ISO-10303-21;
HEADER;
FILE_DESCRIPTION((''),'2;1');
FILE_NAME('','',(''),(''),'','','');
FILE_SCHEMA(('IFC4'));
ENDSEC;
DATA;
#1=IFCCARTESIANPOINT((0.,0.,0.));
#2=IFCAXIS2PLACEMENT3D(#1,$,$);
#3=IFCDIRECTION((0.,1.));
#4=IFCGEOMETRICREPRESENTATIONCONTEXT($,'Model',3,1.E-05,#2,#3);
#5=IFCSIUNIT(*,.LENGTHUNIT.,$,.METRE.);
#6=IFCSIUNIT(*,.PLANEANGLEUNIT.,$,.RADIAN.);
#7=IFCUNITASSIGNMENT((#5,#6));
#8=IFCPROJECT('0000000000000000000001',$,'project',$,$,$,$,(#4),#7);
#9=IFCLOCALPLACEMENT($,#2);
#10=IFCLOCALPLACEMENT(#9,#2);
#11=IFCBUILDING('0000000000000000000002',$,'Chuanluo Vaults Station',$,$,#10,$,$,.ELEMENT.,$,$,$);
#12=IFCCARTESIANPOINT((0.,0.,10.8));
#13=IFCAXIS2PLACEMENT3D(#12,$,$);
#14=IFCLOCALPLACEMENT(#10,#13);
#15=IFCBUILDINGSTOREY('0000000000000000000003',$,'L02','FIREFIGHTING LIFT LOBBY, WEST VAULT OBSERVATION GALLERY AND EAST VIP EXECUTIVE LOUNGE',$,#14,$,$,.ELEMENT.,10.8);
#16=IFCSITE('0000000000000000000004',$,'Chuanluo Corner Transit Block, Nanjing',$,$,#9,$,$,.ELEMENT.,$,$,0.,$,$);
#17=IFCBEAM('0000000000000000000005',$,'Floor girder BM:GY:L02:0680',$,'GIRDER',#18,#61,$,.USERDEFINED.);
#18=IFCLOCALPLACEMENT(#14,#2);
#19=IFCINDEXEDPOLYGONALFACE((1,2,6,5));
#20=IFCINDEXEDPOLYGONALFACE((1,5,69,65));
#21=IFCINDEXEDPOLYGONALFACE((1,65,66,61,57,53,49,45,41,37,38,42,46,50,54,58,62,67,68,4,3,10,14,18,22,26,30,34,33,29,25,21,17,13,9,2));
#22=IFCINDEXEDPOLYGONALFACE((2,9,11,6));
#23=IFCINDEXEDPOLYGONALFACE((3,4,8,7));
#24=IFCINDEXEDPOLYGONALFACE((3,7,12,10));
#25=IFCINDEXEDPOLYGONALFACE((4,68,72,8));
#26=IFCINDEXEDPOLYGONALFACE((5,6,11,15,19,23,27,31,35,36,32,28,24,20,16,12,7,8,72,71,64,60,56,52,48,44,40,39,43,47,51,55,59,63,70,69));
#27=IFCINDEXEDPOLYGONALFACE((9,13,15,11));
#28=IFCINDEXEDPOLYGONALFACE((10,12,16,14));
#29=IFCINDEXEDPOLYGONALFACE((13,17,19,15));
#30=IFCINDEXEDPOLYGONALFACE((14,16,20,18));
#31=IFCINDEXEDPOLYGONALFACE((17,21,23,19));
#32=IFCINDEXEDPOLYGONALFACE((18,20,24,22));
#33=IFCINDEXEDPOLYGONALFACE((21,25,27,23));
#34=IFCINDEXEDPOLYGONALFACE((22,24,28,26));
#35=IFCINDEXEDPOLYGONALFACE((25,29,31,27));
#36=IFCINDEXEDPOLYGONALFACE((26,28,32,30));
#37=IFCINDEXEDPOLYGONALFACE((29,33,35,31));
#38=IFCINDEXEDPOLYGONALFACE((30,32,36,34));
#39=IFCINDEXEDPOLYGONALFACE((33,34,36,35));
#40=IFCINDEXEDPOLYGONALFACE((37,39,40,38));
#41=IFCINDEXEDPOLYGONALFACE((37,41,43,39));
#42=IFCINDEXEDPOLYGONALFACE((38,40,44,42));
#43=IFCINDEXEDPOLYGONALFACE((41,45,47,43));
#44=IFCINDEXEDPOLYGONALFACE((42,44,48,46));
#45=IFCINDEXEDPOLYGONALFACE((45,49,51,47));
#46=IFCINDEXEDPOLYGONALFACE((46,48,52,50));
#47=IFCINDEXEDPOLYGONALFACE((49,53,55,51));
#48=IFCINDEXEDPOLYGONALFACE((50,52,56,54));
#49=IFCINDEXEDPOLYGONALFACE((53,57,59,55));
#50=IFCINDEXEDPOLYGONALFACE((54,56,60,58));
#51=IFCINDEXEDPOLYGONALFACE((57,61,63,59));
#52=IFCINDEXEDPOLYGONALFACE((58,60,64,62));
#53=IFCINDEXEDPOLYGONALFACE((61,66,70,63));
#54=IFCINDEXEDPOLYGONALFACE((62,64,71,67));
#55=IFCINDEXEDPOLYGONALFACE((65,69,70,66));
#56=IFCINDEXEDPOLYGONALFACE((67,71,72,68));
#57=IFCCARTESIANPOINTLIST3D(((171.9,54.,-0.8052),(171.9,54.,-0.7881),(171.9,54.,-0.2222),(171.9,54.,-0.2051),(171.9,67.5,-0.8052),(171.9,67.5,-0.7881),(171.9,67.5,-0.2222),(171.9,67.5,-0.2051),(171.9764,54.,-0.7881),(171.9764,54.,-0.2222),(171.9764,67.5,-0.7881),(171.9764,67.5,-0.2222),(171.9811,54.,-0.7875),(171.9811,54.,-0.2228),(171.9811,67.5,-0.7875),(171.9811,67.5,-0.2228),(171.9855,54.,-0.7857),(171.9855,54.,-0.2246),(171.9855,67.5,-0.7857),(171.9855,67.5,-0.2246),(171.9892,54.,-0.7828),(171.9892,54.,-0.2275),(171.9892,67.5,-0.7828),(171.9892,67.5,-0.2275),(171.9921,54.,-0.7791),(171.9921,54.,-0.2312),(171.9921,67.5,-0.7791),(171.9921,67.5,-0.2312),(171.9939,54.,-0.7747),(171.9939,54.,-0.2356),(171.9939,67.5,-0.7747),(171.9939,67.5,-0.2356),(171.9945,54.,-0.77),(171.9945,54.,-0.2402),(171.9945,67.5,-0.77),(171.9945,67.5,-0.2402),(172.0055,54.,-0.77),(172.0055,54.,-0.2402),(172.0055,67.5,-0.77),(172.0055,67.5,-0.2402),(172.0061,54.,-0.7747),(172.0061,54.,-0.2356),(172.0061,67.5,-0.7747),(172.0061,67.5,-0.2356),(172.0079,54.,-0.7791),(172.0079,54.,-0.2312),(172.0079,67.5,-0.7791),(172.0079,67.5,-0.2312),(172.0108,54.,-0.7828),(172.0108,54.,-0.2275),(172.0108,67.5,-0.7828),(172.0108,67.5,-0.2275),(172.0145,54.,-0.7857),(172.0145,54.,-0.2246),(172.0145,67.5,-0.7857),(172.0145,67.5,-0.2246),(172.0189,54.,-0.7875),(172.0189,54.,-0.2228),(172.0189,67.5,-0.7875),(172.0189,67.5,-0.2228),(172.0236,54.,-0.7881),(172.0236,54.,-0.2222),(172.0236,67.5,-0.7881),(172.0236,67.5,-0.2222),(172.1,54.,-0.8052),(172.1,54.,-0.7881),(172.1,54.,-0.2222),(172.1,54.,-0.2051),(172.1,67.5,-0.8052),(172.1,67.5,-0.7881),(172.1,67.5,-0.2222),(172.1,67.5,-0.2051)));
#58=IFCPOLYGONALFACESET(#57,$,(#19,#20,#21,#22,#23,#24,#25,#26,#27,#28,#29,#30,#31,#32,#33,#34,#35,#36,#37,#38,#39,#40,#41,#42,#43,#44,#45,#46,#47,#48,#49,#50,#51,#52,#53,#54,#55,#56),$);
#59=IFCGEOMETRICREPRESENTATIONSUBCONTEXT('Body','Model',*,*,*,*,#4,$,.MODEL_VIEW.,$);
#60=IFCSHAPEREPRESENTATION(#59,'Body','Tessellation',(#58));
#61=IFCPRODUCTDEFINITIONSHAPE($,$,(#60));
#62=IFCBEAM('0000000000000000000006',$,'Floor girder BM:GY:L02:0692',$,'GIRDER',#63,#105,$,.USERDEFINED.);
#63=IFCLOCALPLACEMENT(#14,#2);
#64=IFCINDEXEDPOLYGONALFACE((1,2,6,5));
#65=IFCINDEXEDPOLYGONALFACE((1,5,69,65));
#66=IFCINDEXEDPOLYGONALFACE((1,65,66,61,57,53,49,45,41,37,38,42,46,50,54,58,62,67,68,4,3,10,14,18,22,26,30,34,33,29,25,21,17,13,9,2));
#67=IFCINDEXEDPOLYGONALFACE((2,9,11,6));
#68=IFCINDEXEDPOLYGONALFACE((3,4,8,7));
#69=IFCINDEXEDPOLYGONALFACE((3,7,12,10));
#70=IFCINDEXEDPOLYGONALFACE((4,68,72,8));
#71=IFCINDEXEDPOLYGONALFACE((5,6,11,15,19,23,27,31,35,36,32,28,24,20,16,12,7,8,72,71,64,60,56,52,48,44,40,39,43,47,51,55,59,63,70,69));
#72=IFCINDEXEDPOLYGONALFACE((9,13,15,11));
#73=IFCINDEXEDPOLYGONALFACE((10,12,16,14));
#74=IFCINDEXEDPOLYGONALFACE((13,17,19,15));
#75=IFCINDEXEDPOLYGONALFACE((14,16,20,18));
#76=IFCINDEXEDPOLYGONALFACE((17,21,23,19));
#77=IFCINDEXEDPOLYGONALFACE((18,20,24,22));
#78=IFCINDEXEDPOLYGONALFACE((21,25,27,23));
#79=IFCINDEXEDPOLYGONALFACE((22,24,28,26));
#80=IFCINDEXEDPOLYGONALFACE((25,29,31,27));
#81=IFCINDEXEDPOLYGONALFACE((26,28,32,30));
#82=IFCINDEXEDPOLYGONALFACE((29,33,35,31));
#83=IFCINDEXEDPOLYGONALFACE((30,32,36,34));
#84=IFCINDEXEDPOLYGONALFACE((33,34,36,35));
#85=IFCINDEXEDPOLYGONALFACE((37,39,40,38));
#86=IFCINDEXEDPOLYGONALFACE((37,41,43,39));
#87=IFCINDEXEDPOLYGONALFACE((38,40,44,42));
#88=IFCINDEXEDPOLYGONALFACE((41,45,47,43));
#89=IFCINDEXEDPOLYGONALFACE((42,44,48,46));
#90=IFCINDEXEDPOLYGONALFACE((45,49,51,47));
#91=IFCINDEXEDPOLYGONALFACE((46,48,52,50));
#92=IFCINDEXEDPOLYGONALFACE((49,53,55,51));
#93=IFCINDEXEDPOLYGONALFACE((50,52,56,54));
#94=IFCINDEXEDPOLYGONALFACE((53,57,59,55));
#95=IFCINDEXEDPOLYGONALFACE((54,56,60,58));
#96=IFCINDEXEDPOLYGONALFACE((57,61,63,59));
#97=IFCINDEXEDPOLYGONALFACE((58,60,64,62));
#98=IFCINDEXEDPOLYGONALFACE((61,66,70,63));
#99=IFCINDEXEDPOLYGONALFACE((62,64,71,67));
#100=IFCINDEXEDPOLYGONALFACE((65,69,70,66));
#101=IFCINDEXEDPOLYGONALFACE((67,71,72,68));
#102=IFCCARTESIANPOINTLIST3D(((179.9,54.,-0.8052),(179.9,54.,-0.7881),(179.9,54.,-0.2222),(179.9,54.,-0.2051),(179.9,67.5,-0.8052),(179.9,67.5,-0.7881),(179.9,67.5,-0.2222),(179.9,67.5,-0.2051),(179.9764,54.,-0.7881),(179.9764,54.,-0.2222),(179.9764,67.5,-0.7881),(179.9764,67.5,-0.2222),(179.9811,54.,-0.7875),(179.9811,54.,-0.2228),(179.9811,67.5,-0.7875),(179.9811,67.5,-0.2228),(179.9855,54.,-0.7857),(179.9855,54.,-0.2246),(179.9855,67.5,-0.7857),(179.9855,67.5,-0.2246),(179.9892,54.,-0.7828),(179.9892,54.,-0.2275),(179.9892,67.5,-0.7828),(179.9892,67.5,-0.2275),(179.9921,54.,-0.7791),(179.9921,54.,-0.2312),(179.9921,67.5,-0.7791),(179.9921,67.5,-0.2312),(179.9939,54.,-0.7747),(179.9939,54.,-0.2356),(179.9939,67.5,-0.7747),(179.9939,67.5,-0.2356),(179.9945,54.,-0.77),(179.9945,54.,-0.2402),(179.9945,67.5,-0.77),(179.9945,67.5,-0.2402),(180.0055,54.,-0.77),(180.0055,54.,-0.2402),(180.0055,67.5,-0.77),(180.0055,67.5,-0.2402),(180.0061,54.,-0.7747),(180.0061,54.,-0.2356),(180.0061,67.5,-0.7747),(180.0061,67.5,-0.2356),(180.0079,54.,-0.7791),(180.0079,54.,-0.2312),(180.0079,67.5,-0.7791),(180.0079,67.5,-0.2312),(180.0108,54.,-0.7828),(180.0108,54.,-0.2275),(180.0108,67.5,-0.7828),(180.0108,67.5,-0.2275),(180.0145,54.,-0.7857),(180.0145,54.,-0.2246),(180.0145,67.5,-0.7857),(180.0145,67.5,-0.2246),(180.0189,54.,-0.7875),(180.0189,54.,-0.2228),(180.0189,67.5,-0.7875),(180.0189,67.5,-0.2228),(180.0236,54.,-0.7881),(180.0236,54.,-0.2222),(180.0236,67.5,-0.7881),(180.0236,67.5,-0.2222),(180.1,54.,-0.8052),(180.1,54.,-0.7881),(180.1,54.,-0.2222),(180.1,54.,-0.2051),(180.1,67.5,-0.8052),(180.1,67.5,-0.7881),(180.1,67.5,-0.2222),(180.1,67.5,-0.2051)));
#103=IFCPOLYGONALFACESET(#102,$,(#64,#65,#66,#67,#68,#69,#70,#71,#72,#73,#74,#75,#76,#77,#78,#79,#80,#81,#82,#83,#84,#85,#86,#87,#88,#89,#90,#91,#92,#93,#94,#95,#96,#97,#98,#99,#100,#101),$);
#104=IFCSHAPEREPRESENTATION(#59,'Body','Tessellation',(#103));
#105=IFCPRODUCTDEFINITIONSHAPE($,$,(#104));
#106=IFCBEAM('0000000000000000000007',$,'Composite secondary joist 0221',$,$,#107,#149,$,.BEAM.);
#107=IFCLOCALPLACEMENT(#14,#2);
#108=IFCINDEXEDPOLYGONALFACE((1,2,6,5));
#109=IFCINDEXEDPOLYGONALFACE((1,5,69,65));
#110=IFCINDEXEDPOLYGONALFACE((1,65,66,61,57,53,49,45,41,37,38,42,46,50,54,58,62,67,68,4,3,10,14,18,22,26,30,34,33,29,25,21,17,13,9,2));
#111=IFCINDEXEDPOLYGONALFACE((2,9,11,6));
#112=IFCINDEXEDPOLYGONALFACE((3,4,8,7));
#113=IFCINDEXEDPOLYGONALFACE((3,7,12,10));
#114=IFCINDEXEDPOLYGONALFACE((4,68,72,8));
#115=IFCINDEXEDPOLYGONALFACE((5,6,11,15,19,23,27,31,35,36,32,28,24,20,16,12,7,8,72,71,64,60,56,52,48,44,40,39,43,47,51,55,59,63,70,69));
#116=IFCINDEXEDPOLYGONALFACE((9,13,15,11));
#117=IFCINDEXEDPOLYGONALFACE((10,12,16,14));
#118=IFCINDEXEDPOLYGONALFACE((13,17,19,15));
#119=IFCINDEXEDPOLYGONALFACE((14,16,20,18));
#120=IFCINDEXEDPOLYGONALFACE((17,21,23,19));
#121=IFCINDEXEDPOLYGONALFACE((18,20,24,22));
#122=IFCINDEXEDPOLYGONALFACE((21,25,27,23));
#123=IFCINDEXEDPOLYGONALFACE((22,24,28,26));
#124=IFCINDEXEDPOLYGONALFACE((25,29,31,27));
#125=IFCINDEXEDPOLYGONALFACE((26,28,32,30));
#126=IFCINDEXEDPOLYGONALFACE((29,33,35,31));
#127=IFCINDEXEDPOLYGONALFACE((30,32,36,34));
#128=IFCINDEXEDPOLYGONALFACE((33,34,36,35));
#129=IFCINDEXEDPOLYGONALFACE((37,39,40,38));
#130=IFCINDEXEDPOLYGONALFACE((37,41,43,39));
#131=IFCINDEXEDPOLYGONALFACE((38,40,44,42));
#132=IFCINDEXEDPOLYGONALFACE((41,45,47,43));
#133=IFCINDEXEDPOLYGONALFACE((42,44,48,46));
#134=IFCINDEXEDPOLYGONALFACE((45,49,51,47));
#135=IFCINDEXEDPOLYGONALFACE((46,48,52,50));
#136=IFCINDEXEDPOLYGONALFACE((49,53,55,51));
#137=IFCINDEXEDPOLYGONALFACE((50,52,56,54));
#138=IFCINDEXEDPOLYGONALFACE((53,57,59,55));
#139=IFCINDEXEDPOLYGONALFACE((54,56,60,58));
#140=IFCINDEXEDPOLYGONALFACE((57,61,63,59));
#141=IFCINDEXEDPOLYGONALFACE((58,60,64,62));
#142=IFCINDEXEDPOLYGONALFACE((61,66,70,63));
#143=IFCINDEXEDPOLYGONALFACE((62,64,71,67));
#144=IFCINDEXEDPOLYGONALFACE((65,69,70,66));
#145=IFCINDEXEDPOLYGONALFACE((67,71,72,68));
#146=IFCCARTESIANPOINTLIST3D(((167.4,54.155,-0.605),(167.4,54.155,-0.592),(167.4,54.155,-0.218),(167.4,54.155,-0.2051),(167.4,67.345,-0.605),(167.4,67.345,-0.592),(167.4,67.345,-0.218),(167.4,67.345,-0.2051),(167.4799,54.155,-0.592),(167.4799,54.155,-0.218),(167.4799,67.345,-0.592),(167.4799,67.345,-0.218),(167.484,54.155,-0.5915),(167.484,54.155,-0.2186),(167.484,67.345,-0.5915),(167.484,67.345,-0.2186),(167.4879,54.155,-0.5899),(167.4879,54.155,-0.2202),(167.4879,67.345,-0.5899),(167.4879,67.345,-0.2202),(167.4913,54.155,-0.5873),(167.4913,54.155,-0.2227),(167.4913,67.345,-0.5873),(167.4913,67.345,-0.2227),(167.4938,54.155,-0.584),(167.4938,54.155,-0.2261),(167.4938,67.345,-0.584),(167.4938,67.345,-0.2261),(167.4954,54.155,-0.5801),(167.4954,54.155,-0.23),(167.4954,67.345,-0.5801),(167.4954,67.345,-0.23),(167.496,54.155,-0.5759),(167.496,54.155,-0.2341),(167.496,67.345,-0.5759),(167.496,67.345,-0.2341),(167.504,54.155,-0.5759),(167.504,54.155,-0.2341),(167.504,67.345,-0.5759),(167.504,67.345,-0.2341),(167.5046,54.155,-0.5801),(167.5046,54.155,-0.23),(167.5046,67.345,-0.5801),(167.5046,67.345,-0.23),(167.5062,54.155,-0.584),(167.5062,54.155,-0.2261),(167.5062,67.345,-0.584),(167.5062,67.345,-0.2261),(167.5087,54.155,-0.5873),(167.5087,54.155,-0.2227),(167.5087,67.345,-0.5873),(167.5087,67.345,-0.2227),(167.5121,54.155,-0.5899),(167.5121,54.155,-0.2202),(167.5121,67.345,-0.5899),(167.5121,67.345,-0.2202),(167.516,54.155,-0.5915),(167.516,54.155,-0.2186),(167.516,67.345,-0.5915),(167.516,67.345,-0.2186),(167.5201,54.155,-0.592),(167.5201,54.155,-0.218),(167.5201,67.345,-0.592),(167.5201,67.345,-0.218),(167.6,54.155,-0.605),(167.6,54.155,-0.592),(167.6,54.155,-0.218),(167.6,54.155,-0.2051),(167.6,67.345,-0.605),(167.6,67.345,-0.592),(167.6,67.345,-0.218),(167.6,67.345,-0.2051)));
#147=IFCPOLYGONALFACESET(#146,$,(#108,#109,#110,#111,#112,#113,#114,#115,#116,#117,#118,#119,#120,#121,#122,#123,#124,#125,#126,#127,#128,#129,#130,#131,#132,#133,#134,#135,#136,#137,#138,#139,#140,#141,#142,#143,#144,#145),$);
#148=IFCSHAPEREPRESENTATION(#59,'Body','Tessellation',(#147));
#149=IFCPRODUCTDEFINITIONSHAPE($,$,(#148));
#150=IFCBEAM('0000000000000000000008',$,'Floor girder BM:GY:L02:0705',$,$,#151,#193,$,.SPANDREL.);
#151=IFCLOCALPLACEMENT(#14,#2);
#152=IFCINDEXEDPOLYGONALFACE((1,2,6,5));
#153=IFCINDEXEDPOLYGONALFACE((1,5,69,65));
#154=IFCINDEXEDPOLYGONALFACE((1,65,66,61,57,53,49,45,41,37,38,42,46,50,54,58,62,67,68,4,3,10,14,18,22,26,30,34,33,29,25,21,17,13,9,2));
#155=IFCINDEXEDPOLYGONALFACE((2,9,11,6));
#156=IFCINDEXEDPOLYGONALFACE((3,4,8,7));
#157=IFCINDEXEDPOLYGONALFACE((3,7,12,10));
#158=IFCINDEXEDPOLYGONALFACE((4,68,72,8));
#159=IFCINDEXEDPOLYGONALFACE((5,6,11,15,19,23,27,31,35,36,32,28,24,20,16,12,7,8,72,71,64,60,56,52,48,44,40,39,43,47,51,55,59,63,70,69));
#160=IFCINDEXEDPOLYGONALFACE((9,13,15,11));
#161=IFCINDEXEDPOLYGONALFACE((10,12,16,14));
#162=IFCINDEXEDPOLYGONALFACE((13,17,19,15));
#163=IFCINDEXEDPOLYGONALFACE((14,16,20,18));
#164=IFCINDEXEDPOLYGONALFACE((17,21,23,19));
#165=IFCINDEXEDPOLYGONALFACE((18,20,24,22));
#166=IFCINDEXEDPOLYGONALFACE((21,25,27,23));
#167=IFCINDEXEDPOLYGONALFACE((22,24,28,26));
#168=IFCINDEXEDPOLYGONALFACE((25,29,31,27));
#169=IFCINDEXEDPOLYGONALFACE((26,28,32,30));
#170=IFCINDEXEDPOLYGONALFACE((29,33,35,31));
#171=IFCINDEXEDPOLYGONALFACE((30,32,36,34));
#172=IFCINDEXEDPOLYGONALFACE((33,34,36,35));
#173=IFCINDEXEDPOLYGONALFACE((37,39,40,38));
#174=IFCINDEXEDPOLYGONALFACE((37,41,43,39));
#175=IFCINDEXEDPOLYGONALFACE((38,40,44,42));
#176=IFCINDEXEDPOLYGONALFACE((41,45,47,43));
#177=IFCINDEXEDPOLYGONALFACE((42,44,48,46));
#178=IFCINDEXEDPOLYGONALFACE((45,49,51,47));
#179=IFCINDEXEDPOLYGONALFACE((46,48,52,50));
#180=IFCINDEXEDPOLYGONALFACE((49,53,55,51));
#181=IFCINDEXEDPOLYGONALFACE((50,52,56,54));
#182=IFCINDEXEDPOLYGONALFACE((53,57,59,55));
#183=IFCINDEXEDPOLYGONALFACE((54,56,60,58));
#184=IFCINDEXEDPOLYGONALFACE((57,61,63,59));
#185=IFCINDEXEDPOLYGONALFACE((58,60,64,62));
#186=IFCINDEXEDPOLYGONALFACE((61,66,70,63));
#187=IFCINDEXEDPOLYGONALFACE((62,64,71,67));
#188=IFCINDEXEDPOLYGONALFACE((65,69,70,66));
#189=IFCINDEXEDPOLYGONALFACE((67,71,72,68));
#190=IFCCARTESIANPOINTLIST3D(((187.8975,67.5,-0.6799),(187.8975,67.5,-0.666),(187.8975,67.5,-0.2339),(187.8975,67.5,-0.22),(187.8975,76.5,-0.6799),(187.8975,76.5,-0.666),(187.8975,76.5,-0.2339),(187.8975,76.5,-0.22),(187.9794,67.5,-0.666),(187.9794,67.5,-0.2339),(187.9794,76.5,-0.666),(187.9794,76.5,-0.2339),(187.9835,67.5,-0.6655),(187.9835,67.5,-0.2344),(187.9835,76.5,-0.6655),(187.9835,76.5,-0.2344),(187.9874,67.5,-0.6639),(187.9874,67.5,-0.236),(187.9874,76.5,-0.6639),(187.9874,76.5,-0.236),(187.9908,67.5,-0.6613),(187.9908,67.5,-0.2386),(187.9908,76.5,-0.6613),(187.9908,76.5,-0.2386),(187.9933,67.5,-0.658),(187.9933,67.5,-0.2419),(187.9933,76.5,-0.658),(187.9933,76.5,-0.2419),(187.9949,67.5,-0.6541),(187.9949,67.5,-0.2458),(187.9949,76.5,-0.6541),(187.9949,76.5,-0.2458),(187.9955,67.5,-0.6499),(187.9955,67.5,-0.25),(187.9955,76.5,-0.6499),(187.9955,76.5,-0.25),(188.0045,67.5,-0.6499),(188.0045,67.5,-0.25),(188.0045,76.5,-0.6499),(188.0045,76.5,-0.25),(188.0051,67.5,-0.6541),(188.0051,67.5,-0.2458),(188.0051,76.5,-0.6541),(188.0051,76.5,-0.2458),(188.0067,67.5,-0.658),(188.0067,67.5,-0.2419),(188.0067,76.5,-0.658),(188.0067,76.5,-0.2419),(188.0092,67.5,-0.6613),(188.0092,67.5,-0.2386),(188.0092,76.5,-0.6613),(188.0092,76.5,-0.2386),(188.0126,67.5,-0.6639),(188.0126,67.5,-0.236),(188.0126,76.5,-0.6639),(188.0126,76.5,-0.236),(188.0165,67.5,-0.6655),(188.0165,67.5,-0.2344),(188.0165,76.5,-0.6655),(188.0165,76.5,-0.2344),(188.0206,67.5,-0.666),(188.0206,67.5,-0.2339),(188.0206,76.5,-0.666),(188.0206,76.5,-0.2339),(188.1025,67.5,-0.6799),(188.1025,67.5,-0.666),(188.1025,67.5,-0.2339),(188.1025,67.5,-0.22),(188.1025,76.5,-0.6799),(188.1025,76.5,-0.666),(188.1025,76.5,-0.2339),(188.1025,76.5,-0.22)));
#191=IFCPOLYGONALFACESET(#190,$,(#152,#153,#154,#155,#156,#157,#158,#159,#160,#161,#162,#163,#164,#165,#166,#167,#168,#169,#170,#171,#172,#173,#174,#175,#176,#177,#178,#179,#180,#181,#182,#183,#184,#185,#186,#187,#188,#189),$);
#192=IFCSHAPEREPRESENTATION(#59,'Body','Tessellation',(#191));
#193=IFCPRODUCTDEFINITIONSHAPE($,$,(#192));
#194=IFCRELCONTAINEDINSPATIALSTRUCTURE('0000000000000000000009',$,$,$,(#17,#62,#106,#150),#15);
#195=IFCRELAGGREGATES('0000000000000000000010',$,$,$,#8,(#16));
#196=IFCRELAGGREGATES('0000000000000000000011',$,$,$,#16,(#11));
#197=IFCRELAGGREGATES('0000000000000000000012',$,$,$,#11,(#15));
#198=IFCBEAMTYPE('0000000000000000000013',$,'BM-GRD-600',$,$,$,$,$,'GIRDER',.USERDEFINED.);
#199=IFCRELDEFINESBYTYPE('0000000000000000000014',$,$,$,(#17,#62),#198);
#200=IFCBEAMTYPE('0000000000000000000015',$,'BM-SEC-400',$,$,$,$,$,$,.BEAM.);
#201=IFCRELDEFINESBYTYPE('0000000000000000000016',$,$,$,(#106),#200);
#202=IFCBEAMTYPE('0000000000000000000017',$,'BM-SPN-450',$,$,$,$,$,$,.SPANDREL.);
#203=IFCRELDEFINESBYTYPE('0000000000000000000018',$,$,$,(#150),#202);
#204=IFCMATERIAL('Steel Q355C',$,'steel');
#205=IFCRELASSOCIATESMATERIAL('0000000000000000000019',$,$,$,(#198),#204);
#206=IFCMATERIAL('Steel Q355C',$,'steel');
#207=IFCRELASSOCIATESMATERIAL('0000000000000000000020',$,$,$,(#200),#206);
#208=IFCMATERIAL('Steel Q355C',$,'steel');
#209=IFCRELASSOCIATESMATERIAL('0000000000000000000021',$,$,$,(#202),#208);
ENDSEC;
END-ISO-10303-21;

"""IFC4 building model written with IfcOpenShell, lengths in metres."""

from ifc_helpers import new_model, si_unit, direction, frame, origin, origin_2d, place, context, subcontext, project, spatial, i_section, extrude, material, material_profile, profile_set, type_object, element, save


model = new_model("IFC4")

# Units and contexts
model_context = context("Model", 3, precision=1e-05, world=origin(), true_north=direction((0.0, 1.0)))
body_context = subcontext(model_context, "Body", "Model", "MODEL_VIEW")
ifc_project = project(units=[si_unit("LENGTHUNIT", "METRE"), si_unit("PLANEANGLEUNIT", "RADIAN")], contexts=[model_context])

# Site, building, storey
site_placement = place(None, origin())
site = spatial("IfcSite", under=ifc_project, at=site_placement, Name="Chuanluo Corner Transit Block, Nanjing", CompositionType="ELEMENT", RefElevation=0.0)
building_placement = place(site_placement, origin())
building = spatial("IfcBuilding", under=site, at=building_placement, Name="Chuanluo Vaults Station", CompositionType="ELEMENT")
storey_placement = place(building_placement, frame((0.0, 0.0, 10.8)))
storey = spatial("IfcBuildingStorey", under=building, at=storey_placement, Name="L02", Description="FIREFIGHTING LIFT LOBBY, WEST VAULT OBSERVATION GALLERY AND EAST VIP EXECUTIVE LOUNGE", CompositionType="ELEMENT", Elevation=10.8)

# Beams
ifc_material_1 = material(Name="Steel Q355C", Category="steel")
ifc_material_profile_1 = material_profile(ifc_material_1, i_section(OverallWidth=0.2, OverallDepth=0.6001, WebThickness=0.011, FlangeThickness=0.0171, FilletRadius=0.0181, at=origin_2d()))
ifc_profile_set_1 = profile_set([ifc_material_profile_1], Name="Steel Q355C")
beam_type_1 = type_object("IfcBeamType", Name="BM-GRD-600", ElementType="GIRDER", PredefinedType="USERDEFINED", material=ifc_profile_set_1)
for number, where, z_axis, x_axis, name in (
    (1, (172.0, 54.0, -0.5051), (0.0, 1.0, 0.0), (-1.0, 0.0, 0.0), "Floor girder BM:GY:L02:0680"),
    (2, (180.0, 54.0, -0.5051), (0.0, 1.0, 0.0), (-1.0, 0.0, 0.0), "Floor girder BM:GY:L02:0692"),
):
    element("IfcBeam", number, at=place(storey_placement, frame(where, z_axis=z_axis, x_axis=x_axis)), inside=storey, type_object=beam_type_1, Name=name, ObjectType="GIRDER", PredefinedType="USERDEFINED", context=body_context, shape_type="SweptSolid", body=[
        extrude(i_section(OverallWidth=0.2, OverallDepth=0.6001, WebThickness=0.011, FlangeThickness=0.0171, FilletRadius=0.0181, at=origin_2d()), origin(), (0.0, 0.0, 1.0), 13.5),
    ])
ifc_material_2 = material(Name="Steel Q355C", Category="steel")
ifc_material_profile_2 = material_profile(ifc_material_2, i_section(OverallWidth=0.2, OverallDepth=0.3999, WebThickness=0.0081, FlangeThickness=0.0129, FilletRadius=0.0161, at=origin_2d()))
ifc_profile_set_2 = profile_set([ifc_material_profile_2], Name="Steel Q355C")
beam_type_2 = type_object("IfcBeamType", Name="BM-SEC-400", PredefinedType="BEAM", material=ifc_profile_set_2)
beam_1_placement = place(storey_placement, frame((167.5, 54.155, -0.405), z_axis=(0.0, 1.0, 0.0), x_axis=(-1.0, 0.0, 0.0)))
element("IfcBeam", 3, at=beam_1_placement, inside=storey, type_object=beam_type_2, Name="Composite secondary joist 0221", PredefinedType="BEAM", context=body_context, shape_type="SweptSolid", body=[
    extrude(i_section(OverallWidth=0.2, OverallDepth=0.3999, WebThickness=0.0081, FlangeThickness=0.0129, FilletRadius=0.0161, at=origin_2d()), origin(), (0.0, 0.0, 1.0), 13.1899),
])
ifc_material_3 = material(Name="Steel Q355C", Category="steel")
ifc_material_profile_3 = material_profile(ifc_material_3, i_section(OverallWidth=0.2051, OverallDepth=0.46, WebThickness=0.009, FlangeThickness=0.0139, FilletRadius=0.0161, at=origin_2d()))
ifc_profile_set_3 = profile_set([ifc_material_profile_3], Name="Steel Q355C")
beam_type_3 = type_object("IfcBeamType", Name="BM-SPN-450", PredefinedType="SPANDREL", material=ifc_profile_set_3)
beam_2_placement = place(storey_placement, frame((188.0, 67.5, -0.45), z_axis=(0.0, 1.0, 0.0), x_axis=(-1.0, 0.0, 0.0)))
element("IfcBeam", 4, at=beam_2_placement, inside=storey, type_object=beam_type_3, Name="Floor girder BM:GY:L02:0705", PredefinedType="SPANDREL", context=body_context, shape_type="SweptSolid", body=[
    extrude(i_section(OverallWidth=0.2051, OverallDepth=0.46, WebThickness=0.009, FlangeThickness=0.0139, FilletRadius=0.0161, at=origin_2d()), origin(), (0.0, 0.0, 1.0), 9.0),
])

save(model, "model.ifc")
